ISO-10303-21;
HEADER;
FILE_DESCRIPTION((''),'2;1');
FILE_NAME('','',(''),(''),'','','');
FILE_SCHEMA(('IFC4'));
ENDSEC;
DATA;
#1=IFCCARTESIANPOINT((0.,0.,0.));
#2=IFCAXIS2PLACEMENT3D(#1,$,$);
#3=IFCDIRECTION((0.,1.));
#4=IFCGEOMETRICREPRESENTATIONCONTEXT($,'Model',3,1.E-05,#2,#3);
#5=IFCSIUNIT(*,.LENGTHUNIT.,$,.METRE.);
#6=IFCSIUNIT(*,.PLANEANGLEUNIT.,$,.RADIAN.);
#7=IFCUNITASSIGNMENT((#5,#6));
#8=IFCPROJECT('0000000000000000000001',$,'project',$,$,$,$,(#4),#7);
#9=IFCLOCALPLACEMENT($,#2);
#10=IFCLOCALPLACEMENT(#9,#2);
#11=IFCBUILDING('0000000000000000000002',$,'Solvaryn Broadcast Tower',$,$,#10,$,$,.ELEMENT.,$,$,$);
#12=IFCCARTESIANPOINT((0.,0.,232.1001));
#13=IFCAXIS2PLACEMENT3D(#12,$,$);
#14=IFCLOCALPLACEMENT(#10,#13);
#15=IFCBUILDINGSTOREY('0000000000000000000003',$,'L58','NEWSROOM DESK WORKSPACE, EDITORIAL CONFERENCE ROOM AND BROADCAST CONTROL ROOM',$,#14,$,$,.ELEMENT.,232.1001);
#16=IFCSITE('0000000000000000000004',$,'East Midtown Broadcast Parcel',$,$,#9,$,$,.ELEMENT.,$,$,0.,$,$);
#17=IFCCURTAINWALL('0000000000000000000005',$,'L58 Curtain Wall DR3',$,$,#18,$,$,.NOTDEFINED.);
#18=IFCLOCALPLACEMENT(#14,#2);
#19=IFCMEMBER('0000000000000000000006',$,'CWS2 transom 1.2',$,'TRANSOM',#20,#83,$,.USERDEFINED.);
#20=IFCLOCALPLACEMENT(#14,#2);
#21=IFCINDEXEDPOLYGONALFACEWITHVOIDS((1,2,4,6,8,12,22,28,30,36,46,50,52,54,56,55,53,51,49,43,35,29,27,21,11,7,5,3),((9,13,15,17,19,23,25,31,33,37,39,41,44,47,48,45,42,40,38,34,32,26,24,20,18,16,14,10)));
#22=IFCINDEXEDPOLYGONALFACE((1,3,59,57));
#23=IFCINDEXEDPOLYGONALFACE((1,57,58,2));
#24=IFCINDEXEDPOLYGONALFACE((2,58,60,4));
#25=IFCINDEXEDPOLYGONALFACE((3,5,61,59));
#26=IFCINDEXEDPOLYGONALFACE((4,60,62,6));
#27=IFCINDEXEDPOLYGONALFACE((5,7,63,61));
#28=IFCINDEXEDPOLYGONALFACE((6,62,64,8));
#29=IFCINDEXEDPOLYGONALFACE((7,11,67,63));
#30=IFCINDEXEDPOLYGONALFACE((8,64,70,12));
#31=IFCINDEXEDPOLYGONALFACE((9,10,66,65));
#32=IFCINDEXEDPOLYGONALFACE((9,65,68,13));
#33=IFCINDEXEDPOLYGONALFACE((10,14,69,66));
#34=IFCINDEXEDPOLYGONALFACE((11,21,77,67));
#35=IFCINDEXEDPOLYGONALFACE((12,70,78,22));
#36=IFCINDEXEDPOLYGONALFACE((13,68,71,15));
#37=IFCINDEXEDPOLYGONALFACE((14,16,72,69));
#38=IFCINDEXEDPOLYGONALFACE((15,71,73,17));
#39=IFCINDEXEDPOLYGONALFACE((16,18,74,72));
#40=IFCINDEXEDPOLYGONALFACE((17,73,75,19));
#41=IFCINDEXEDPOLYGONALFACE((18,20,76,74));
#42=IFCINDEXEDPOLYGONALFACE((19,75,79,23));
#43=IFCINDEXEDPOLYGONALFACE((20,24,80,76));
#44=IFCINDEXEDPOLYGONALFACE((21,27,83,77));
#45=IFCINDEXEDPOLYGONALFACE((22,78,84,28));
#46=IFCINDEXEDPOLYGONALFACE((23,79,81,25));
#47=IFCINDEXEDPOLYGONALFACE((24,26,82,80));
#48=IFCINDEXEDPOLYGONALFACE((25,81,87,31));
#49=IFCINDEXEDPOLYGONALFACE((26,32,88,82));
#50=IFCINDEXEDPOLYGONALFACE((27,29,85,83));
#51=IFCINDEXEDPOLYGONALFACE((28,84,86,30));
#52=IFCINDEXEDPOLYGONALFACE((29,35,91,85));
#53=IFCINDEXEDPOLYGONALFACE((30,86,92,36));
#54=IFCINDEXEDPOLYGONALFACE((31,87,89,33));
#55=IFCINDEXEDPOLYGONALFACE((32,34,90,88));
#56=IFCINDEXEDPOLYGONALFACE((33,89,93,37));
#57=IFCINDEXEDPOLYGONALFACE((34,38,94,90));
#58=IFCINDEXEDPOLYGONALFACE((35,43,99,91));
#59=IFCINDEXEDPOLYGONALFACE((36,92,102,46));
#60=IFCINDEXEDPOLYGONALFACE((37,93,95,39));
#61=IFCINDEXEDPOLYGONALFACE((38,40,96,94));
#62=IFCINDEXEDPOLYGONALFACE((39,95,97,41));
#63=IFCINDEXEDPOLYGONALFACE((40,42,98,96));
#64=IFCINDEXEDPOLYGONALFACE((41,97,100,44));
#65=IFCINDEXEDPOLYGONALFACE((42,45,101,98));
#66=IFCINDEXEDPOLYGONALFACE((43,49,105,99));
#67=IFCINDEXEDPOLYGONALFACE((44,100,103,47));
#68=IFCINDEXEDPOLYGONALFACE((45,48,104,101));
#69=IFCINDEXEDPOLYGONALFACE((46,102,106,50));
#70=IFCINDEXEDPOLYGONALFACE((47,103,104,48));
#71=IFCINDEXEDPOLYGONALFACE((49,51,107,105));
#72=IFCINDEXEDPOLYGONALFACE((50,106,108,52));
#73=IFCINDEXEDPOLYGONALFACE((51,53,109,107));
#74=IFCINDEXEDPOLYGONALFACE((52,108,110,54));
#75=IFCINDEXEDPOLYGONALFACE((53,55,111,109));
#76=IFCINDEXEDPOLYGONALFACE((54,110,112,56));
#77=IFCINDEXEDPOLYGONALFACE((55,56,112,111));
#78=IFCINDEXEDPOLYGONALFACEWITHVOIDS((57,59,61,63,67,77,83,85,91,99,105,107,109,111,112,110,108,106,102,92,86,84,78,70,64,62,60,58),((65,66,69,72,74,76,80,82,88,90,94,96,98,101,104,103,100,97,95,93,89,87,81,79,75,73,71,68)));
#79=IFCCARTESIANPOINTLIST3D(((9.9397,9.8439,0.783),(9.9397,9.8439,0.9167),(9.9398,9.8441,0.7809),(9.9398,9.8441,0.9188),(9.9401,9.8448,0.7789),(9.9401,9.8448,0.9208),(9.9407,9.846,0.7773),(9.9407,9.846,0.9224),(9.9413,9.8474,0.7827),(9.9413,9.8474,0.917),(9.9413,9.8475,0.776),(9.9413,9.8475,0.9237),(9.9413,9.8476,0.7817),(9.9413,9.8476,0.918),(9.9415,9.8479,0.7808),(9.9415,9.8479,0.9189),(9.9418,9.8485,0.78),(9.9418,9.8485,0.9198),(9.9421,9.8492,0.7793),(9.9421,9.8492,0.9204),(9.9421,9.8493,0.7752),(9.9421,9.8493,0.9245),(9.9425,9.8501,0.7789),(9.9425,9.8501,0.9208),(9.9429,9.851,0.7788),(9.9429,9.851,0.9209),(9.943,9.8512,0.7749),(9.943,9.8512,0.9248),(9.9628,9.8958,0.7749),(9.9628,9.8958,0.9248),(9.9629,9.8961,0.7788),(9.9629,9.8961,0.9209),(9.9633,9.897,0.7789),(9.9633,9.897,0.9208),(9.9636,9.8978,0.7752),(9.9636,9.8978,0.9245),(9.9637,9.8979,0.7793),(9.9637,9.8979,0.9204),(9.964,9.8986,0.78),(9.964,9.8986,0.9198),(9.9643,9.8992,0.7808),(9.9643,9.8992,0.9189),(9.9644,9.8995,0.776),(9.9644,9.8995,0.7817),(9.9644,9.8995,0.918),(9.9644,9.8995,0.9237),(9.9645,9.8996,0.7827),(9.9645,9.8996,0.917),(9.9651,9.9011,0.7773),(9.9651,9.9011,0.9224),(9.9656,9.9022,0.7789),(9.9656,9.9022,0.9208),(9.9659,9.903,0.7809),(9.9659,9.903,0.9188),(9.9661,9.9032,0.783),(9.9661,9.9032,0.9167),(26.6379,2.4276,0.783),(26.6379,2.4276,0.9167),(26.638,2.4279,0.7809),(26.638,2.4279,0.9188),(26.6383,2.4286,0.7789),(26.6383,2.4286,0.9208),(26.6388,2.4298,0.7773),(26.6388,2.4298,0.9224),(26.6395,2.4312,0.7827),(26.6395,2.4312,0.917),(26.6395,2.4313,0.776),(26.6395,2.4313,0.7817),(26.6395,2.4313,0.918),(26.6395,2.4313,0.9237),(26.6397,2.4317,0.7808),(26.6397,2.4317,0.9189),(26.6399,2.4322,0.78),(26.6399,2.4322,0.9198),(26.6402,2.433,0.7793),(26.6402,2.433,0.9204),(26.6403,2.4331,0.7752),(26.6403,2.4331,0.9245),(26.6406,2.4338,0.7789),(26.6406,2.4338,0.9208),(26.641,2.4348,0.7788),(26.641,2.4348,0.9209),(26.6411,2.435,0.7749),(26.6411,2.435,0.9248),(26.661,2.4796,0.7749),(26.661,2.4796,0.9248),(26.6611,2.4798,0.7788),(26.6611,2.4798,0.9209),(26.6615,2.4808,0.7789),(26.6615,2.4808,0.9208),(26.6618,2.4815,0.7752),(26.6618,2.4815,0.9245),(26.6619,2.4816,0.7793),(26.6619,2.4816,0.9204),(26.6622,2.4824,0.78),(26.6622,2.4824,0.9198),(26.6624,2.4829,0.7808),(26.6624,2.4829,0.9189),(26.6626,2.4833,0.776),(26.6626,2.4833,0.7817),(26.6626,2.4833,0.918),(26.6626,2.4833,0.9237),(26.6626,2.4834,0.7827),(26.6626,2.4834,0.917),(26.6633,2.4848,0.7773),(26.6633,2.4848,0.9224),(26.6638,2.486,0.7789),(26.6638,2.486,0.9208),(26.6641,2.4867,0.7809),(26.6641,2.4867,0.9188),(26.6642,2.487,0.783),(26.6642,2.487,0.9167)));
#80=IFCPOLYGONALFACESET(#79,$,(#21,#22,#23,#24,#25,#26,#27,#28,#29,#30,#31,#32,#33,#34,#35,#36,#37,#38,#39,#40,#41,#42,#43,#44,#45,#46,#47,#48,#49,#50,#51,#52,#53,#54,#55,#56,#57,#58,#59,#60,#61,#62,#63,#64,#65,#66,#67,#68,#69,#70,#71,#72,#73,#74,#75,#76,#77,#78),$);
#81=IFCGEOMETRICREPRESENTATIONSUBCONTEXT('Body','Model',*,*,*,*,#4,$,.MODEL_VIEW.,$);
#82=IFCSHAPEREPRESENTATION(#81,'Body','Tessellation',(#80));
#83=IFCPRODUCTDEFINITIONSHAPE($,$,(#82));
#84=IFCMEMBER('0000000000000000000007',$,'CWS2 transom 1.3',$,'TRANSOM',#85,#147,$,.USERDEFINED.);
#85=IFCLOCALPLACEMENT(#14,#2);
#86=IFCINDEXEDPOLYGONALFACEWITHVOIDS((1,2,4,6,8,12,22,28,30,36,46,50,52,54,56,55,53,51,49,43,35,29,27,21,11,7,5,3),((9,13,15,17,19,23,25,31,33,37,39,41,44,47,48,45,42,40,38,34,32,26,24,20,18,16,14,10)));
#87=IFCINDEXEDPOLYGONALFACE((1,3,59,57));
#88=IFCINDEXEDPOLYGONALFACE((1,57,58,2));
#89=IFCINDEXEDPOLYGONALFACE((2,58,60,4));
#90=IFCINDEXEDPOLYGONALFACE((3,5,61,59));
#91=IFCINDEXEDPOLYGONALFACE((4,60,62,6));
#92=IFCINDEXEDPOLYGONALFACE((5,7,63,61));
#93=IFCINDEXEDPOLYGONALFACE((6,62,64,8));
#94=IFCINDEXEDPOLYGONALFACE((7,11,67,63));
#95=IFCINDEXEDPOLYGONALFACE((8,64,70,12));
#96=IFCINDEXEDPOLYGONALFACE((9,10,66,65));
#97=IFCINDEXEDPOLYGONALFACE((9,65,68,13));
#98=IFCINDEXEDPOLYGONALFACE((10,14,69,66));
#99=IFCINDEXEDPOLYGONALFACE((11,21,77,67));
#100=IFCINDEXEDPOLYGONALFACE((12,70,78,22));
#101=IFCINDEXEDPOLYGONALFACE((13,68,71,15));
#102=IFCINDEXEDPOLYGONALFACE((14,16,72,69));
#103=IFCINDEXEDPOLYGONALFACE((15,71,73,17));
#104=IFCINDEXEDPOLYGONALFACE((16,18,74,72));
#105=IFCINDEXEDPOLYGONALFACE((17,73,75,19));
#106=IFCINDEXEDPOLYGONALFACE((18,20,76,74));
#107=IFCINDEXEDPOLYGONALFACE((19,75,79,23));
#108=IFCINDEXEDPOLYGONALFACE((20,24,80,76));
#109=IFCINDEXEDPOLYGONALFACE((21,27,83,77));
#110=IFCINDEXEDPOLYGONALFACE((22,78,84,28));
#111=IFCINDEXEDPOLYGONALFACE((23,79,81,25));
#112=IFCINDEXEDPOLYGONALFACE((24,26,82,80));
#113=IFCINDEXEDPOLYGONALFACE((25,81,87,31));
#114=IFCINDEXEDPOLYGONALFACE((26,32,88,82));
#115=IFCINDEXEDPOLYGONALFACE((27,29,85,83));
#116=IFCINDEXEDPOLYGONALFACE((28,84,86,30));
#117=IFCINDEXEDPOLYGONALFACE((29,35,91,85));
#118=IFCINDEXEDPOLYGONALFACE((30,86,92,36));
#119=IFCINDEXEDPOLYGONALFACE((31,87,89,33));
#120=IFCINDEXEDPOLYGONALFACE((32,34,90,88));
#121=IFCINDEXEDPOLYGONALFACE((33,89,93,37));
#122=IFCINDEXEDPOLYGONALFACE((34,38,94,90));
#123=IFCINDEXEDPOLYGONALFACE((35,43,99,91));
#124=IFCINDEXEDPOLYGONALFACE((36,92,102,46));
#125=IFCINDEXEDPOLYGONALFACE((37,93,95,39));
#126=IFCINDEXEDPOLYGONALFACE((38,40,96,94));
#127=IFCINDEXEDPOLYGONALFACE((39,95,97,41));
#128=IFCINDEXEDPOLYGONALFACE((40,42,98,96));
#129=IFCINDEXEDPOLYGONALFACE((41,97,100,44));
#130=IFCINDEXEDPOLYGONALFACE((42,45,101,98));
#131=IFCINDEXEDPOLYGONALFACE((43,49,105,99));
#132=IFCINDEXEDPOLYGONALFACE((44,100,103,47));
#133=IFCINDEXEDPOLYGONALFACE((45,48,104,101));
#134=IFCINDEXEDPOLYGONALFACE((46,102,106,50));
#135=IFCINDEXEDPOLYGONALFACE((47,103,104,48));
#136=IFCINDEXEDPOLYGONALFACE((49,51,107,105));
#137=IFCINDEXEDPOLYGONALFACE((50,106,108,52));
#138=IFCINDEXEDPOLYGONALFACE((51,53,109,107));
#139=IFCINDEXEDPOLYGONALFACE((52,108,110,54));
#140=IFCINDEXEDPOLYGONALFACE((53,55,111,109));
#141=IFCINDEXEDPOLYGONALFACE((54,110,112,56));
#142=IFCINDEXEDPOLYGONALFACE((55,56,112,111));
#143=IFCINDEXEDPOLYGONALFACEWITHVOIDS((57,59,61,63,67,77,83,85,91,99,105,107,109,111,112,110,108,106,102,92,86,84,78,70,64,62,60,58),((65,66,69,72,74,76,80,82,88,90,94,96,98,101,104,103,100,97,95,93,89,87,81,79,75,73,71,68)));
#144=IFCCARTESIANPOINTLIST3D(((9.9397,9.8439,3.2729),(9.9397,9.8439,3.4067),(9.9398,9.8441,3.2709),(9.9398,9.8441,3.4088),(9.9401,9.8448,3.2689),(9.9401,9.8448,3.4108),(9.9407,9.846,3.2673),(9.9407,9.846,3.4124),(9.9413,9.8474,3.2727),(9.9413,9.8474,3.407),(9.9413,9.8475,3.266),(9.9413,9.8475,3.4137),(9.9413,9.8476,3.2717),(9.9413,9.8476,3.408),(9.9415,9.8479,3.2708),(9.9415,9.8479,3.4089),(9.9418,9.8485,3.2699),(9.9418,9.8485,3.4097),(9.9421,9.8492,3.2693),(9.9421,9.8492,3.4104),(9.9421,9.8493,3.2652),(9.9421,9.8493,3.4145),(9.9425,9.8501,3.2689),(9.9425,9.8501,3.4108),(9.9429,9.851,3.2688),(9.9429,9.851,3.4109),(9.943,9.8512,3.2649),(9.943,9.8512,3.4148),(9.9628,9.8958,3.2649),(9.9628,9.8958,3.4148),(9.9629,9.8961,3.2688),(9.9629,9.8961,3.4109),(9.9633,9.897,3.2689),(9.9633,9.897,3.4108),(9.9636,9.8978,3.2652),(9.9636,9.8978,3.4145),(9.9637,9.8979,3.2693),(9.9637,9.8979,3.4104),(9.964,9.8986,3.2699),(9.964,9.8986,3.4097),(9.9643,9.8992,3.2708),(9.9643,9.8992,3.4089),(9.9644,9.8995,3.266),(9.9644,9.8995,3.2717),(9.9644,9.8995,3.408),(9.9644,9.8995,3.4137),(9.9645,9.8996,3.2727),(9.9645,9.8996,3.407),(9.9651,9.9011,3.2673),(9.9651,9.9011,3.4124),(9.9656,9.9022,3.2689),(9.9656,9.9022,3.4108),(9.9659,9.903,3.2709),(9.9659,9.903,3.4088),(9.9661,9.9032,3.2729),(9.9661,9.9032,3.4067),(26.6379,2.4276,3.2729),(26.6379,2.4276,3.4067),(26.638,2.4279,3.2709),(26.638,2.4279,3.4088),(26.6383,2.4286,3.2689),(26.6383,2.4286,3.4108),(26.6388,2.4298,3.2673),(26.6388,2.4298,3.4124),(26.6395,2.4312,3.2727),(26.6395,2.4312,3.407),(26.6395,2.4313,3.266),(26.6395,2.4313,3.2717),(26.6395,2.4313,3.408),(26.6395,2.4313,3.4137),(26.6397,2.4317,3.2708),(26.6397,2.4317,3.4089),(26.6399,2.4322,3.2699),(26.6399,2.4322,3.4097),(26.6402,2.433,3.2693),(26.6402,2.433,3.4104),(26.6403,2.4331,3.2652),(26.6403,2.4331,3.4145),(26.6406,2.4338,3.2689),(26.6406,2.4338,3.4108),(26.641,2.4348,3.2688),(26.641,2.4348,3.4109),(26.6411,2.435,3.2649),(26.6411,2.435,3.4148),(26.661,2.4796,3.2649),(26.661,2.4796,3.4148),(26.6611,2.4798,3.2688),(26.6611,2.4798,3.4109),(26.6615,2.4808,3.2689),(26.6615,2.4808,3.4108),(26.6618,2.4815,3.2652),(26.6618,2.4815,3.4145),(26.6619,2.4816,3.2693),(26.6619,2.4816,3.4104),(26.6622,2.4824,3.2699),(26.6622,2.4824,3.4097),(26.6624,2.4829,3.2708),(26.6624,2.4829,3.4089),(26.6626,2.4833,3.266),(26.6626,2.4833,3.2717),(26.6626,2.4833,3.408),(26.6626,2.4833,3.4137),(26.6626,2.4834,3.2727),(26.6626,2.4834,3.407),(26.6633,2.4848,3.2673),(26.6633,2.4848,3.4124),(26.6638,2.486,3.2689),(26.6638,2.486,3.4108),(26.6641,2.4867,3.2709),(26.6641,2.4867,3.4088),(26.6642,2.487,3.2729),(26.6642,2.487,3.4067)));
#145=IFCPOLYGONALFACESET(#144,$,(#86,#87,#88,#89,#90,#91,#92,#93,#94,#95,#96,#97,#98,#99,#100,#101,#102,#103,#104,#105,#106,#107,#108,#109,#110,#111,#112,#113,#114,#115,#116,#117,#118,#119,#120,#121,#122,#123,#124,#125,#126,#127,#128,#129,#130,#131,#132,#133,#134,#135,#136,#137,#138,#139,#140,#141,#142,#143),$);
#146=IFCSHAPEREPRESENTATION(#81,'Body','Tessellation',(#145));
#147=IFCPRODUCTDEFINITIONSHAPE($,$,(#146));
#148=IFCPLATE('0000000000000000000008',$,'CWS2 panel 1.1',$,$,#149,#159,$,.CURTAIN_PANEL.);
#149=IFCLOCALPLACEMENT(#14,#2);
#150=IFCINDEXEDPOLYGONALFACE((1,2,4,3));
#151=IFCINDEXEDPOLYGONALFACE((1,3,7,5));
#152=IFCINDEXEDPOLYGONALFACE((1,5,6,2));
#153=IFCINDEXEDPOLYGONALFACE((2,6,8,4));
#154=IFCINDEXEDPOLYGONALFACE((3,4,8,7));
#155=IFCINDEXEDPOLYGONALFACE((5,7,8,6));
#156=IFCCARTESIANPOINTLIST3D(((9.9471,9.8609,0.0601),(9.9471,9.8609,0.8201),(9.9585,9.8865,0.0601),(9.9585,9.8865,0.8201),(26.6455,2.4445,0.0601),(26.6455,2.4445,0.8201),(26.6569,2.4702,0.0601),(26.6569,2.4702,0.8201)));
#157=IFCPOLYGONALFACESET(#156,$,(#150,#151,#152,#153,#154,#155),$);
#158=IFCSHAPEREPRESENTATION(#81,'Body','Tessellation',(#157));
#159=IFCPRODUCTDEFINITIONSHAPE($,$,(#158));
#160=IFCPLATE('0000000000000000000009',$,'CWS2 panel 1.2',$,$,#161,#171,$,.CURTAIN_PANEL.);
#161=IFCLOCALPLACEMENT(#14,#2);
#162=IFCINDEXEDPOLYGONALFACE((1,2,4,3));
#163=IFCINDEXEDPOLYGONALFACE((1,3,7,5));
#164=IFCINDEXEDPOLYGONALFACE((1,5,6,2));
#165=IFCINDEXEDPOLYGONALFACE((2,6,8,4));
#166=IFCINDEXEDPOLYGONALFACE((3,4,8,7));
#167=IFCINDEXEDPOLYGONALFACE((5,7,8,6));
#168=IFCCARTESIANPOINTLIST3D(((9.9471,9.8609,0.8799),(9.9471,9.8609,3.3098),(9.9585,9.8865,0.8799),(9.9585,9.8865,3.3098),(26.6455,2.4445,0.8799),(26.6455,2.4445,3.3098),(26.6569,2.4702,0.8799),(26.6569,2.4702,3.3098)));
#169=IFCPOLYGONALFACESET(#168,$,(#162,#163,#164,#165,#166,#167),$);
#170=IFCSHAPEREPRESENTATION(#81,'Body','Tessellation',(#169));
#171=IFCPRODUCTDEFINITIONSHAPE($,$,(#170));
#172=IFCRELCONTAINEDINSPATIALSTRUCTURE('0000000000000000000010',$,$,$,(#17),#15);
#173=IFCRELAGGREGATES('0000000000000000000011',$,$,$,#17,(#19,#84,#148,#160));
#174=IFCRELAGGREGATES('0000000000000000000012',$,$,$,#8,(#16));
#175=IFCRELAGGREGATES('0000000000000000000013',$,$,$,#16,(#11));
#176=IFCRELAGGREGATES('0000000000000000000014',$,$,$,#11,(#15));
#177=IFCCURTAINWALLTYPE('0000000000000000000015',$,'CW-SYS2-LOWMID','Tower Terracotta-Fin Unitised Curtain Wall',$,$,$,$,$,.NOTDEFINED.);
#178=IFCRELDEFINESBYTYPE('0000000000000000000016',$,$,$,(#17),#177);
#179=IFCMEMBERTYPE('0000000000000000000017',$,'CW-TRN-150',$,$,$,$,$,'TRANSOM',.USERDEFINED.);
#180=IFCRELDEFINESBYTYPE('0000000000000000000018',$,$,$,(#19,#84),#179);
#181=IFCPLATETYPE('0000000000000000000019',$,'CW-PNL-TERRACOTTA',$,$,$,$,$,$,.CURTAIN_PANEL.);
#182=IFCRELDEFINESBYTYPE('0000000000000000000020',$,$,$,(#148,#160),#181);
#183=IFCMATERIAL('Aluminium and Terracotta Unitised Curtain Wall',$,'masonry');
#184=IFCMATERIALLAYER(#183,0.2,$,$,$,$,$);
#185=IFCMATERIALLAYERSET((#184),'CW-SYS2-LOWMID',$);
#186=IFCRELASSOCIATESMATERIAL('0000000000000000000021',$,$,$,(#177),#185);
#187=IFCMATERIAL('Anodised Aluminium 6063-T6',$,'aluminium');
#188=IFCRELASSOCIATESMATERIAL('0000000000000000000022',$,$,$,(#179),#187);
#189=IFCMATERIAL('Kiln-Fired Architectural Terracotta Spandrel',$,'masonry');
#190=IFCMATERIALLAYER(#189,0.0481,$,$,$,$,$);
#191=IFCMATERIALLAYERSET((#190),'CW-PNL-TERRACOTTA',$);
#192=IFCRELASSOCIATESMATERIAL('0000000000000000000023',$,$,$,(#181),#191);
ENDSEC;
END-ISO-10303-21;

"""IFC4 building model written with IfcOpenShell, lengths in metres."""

from ifc_helpers import new_model, si_unit, direction, frame, origin, origin_2d, place, context, subcontext, project, spatial, rectangle, hollow_rectangle, extrude, material, layer, layer_set, material_profile, profile_set, type_object, element, aggregate, save


model = new_model("IFC4")

# Units and contexts
model_context = context("Model", 3, precision=1e-05, world=origin(), true_north=direction((0.0, 1.0)))
body_context = subcontext(model_context, "Body", "Model", "MODEL_VIEW")
ifc_project = project(units=[si_unit("LENGTHUNIT", "METRE"), si_unit("PLANEANGLEUNIT", "RADIAN")], contexts=[model_context])

# Site, building, storey
site_placement = place(None, origin())
site = spatial("IfcSite", under=ifc_project, at=site_placement, Name="East Midtown Broadcast Parcel", CompositionType="ELEMENT", RefElevation=0.0)
building_placement = place(site_placement, origin())
building = spatial("IfcBuilding", under=site, at=building_placement, Name="Solvaryn Broadcast Tower", CompositionType="ELEMENT")
storey_placement = place(building_placement, frame((0.0, 0.0, 232.1001)))
storey = spatial("IfcBuildingStorey", under=building, at=storey_placement, Name="L58", Description="NEWSROOM DESK WORKSPACE, EDITORIAL CONFERENCE ROOM AND BROADCAST CONTROL ROOM", CompositionType="ELEMENT", Elevation=232.1001)

# Curtain wall, members, plates
ifc_material_1 = material(Name="Aluminium and Terracotta Unitised Curtain Wall", Category="masonry")
ifc_layer_1 = layer(ifc_material_1, 0.2)
ifc_layer_set_1 = layer_set([ifc_layer_1], Name="CW-SYS2-LOWMID")
curtain_wall_type = type_object("IfcCurtainWallType", Name="CW-SYS2-LOWMID", Description="Tower Terracotta-Fin Unitised Curtain Wall", PredefinedType="NOTDEFINED", material=ifc_layer_set_1)
curtain_wall_placement = place(storey_placement, origin())
curtain_wall = element("IfcCurtainWall", 1, at=curtain_wall_placement, inside=storey, type_object=curtain_wall_type, Name="L58 Curtain Wall DR3", PredefinedType="NOTDEFINED")
ifc_material_2 = material(Name="Anodised Aluminium 6063-T6", Category="aluminium")
ifc_material_profile_1 = material_profile(ifc_material_2, hollow_rectangle(XDim=0.0649, YDim=0.1499, WallThickness=0.0039, InnerFilletRadius=0.0039, OuterFilletRadius=0.0081, at=origin_2d()))
ifc_profile_set_1 = profile_set([ifc_material_profile_1], Name="Anodised Aluminium 6063-T6")
member_type_1 = type_object("IfcMemberType", Name="CW-TRN-150", ElementType="TRANSOM", PredefinedType="USERDEFINED", material=ifc_profile_set_1)
member_1_placement = place(storey_placement, frame((9.9529, 9.8735, 0.8499), z_axis=(0.913917, -0.405902, 0.0), x_axis=(0.405902, 0.913917, 0.0)))
member_1 = element("IfcMember", 2, at=member_1_placement, type_object=member_type_1, Name="CWS2 transom 1.2", ObjectType="TRANSOM", PredefinedType="USERDEFINED", context=body_context, shape_type="SweptSolid", body=[
    extrude(hollow_rectangle(XDim=0.0649, YDim=0.1499, WallThickness=0.0039, InnerFilletRadius=0.0039, OuterFilletRadius=0.0081, at=origin_2d()), origin(), (0.0, 0.0, 1.0), 18.271),
])
member_2_placement = place(storey_placement, frame((9.9529, 9.8735, 3.3398), z_axis=(0.913917, -0.405902, 0.0), x_axis=(0.405902, 0.913917, 0.0)))
member_2 = element("IfcMember", 3, at=member_2_placement, type_object=member_type_1, Name="CWS2 transom 1.3", ObjectType="TRANSOM", PredefinedType="USERDEFINED", context=body_context, shape_type="SweptSolid", body=[
    extrude(hollow_rectangle(XDim=0.0649, YDim=0.1499, WallThickness=0.0039, InnerFilletRadius=0.0039, OuterFilletRadius=0.0081, at=origin_2d()), origin(), (0.0, 0.0, 1.0), 18.271),
])
ifc_material_3 = material(Name="Kiln-Fired Architectural Terracotta Spandrel", Category="masonry")
ifc_layer_2 = layer(ifc_material_3, 0.0481)
ifc_layer_set_2 = layer_set([ifc_layer_2], Name="CW-PNL-TERRACOTTA")
plate_type = type_object("IfcPlateType", Name="CW-PNL-TERRACOTTA", PredefinedType="CURTAIN_PANEL", material=ifc_layer_set_2)
plate_1_placement = place(storey_placement, frame((18.302, 6.1655, 0.0601), z_axis=(0.0, 0.0, 1.0), x_axis=(0.913917, -0.405901, 0.0)))
plate_1 = element("IfcPlate", 4, at=plate_1_placement, type_object=plate_type, Name="CWS2 panel 1.1", PredefinedType="CURTAIN_PANEL", context=body_context, shape_type="SweptSolid", body=[
    extrude(rectangle(XDim=18.2712, YDim=0.0281, at=origin_2d()), origin(), (0.0, 0.0, 1.0), 0.76),
])
plate_2_placement = place(storey_placement, frame((18.302, 6.1655, 0.8799), z_axis=(0.0, 0.0, 1.0), x_axis=(0.913917, -0.405901, 0.0)))
plate_2 = element("IfcPlate", 5, at=plate_2_placement, type_object=plate_type, Name="CWS2 panel 1.2", PredefinedType="CURTAIN_PANEL", context=body_context, shape_type="SweptSolid", body=[
    extrude(rectangle(XDim=18.2712, YDim=0.0281, at=origin_2d()), origin(), (0.0, 0.0, 1.0), 2.4299),
])
aggregate(curtain_wall, [member_1, member_2, plate_1, plate_2])

save(model, "model.ifc")
